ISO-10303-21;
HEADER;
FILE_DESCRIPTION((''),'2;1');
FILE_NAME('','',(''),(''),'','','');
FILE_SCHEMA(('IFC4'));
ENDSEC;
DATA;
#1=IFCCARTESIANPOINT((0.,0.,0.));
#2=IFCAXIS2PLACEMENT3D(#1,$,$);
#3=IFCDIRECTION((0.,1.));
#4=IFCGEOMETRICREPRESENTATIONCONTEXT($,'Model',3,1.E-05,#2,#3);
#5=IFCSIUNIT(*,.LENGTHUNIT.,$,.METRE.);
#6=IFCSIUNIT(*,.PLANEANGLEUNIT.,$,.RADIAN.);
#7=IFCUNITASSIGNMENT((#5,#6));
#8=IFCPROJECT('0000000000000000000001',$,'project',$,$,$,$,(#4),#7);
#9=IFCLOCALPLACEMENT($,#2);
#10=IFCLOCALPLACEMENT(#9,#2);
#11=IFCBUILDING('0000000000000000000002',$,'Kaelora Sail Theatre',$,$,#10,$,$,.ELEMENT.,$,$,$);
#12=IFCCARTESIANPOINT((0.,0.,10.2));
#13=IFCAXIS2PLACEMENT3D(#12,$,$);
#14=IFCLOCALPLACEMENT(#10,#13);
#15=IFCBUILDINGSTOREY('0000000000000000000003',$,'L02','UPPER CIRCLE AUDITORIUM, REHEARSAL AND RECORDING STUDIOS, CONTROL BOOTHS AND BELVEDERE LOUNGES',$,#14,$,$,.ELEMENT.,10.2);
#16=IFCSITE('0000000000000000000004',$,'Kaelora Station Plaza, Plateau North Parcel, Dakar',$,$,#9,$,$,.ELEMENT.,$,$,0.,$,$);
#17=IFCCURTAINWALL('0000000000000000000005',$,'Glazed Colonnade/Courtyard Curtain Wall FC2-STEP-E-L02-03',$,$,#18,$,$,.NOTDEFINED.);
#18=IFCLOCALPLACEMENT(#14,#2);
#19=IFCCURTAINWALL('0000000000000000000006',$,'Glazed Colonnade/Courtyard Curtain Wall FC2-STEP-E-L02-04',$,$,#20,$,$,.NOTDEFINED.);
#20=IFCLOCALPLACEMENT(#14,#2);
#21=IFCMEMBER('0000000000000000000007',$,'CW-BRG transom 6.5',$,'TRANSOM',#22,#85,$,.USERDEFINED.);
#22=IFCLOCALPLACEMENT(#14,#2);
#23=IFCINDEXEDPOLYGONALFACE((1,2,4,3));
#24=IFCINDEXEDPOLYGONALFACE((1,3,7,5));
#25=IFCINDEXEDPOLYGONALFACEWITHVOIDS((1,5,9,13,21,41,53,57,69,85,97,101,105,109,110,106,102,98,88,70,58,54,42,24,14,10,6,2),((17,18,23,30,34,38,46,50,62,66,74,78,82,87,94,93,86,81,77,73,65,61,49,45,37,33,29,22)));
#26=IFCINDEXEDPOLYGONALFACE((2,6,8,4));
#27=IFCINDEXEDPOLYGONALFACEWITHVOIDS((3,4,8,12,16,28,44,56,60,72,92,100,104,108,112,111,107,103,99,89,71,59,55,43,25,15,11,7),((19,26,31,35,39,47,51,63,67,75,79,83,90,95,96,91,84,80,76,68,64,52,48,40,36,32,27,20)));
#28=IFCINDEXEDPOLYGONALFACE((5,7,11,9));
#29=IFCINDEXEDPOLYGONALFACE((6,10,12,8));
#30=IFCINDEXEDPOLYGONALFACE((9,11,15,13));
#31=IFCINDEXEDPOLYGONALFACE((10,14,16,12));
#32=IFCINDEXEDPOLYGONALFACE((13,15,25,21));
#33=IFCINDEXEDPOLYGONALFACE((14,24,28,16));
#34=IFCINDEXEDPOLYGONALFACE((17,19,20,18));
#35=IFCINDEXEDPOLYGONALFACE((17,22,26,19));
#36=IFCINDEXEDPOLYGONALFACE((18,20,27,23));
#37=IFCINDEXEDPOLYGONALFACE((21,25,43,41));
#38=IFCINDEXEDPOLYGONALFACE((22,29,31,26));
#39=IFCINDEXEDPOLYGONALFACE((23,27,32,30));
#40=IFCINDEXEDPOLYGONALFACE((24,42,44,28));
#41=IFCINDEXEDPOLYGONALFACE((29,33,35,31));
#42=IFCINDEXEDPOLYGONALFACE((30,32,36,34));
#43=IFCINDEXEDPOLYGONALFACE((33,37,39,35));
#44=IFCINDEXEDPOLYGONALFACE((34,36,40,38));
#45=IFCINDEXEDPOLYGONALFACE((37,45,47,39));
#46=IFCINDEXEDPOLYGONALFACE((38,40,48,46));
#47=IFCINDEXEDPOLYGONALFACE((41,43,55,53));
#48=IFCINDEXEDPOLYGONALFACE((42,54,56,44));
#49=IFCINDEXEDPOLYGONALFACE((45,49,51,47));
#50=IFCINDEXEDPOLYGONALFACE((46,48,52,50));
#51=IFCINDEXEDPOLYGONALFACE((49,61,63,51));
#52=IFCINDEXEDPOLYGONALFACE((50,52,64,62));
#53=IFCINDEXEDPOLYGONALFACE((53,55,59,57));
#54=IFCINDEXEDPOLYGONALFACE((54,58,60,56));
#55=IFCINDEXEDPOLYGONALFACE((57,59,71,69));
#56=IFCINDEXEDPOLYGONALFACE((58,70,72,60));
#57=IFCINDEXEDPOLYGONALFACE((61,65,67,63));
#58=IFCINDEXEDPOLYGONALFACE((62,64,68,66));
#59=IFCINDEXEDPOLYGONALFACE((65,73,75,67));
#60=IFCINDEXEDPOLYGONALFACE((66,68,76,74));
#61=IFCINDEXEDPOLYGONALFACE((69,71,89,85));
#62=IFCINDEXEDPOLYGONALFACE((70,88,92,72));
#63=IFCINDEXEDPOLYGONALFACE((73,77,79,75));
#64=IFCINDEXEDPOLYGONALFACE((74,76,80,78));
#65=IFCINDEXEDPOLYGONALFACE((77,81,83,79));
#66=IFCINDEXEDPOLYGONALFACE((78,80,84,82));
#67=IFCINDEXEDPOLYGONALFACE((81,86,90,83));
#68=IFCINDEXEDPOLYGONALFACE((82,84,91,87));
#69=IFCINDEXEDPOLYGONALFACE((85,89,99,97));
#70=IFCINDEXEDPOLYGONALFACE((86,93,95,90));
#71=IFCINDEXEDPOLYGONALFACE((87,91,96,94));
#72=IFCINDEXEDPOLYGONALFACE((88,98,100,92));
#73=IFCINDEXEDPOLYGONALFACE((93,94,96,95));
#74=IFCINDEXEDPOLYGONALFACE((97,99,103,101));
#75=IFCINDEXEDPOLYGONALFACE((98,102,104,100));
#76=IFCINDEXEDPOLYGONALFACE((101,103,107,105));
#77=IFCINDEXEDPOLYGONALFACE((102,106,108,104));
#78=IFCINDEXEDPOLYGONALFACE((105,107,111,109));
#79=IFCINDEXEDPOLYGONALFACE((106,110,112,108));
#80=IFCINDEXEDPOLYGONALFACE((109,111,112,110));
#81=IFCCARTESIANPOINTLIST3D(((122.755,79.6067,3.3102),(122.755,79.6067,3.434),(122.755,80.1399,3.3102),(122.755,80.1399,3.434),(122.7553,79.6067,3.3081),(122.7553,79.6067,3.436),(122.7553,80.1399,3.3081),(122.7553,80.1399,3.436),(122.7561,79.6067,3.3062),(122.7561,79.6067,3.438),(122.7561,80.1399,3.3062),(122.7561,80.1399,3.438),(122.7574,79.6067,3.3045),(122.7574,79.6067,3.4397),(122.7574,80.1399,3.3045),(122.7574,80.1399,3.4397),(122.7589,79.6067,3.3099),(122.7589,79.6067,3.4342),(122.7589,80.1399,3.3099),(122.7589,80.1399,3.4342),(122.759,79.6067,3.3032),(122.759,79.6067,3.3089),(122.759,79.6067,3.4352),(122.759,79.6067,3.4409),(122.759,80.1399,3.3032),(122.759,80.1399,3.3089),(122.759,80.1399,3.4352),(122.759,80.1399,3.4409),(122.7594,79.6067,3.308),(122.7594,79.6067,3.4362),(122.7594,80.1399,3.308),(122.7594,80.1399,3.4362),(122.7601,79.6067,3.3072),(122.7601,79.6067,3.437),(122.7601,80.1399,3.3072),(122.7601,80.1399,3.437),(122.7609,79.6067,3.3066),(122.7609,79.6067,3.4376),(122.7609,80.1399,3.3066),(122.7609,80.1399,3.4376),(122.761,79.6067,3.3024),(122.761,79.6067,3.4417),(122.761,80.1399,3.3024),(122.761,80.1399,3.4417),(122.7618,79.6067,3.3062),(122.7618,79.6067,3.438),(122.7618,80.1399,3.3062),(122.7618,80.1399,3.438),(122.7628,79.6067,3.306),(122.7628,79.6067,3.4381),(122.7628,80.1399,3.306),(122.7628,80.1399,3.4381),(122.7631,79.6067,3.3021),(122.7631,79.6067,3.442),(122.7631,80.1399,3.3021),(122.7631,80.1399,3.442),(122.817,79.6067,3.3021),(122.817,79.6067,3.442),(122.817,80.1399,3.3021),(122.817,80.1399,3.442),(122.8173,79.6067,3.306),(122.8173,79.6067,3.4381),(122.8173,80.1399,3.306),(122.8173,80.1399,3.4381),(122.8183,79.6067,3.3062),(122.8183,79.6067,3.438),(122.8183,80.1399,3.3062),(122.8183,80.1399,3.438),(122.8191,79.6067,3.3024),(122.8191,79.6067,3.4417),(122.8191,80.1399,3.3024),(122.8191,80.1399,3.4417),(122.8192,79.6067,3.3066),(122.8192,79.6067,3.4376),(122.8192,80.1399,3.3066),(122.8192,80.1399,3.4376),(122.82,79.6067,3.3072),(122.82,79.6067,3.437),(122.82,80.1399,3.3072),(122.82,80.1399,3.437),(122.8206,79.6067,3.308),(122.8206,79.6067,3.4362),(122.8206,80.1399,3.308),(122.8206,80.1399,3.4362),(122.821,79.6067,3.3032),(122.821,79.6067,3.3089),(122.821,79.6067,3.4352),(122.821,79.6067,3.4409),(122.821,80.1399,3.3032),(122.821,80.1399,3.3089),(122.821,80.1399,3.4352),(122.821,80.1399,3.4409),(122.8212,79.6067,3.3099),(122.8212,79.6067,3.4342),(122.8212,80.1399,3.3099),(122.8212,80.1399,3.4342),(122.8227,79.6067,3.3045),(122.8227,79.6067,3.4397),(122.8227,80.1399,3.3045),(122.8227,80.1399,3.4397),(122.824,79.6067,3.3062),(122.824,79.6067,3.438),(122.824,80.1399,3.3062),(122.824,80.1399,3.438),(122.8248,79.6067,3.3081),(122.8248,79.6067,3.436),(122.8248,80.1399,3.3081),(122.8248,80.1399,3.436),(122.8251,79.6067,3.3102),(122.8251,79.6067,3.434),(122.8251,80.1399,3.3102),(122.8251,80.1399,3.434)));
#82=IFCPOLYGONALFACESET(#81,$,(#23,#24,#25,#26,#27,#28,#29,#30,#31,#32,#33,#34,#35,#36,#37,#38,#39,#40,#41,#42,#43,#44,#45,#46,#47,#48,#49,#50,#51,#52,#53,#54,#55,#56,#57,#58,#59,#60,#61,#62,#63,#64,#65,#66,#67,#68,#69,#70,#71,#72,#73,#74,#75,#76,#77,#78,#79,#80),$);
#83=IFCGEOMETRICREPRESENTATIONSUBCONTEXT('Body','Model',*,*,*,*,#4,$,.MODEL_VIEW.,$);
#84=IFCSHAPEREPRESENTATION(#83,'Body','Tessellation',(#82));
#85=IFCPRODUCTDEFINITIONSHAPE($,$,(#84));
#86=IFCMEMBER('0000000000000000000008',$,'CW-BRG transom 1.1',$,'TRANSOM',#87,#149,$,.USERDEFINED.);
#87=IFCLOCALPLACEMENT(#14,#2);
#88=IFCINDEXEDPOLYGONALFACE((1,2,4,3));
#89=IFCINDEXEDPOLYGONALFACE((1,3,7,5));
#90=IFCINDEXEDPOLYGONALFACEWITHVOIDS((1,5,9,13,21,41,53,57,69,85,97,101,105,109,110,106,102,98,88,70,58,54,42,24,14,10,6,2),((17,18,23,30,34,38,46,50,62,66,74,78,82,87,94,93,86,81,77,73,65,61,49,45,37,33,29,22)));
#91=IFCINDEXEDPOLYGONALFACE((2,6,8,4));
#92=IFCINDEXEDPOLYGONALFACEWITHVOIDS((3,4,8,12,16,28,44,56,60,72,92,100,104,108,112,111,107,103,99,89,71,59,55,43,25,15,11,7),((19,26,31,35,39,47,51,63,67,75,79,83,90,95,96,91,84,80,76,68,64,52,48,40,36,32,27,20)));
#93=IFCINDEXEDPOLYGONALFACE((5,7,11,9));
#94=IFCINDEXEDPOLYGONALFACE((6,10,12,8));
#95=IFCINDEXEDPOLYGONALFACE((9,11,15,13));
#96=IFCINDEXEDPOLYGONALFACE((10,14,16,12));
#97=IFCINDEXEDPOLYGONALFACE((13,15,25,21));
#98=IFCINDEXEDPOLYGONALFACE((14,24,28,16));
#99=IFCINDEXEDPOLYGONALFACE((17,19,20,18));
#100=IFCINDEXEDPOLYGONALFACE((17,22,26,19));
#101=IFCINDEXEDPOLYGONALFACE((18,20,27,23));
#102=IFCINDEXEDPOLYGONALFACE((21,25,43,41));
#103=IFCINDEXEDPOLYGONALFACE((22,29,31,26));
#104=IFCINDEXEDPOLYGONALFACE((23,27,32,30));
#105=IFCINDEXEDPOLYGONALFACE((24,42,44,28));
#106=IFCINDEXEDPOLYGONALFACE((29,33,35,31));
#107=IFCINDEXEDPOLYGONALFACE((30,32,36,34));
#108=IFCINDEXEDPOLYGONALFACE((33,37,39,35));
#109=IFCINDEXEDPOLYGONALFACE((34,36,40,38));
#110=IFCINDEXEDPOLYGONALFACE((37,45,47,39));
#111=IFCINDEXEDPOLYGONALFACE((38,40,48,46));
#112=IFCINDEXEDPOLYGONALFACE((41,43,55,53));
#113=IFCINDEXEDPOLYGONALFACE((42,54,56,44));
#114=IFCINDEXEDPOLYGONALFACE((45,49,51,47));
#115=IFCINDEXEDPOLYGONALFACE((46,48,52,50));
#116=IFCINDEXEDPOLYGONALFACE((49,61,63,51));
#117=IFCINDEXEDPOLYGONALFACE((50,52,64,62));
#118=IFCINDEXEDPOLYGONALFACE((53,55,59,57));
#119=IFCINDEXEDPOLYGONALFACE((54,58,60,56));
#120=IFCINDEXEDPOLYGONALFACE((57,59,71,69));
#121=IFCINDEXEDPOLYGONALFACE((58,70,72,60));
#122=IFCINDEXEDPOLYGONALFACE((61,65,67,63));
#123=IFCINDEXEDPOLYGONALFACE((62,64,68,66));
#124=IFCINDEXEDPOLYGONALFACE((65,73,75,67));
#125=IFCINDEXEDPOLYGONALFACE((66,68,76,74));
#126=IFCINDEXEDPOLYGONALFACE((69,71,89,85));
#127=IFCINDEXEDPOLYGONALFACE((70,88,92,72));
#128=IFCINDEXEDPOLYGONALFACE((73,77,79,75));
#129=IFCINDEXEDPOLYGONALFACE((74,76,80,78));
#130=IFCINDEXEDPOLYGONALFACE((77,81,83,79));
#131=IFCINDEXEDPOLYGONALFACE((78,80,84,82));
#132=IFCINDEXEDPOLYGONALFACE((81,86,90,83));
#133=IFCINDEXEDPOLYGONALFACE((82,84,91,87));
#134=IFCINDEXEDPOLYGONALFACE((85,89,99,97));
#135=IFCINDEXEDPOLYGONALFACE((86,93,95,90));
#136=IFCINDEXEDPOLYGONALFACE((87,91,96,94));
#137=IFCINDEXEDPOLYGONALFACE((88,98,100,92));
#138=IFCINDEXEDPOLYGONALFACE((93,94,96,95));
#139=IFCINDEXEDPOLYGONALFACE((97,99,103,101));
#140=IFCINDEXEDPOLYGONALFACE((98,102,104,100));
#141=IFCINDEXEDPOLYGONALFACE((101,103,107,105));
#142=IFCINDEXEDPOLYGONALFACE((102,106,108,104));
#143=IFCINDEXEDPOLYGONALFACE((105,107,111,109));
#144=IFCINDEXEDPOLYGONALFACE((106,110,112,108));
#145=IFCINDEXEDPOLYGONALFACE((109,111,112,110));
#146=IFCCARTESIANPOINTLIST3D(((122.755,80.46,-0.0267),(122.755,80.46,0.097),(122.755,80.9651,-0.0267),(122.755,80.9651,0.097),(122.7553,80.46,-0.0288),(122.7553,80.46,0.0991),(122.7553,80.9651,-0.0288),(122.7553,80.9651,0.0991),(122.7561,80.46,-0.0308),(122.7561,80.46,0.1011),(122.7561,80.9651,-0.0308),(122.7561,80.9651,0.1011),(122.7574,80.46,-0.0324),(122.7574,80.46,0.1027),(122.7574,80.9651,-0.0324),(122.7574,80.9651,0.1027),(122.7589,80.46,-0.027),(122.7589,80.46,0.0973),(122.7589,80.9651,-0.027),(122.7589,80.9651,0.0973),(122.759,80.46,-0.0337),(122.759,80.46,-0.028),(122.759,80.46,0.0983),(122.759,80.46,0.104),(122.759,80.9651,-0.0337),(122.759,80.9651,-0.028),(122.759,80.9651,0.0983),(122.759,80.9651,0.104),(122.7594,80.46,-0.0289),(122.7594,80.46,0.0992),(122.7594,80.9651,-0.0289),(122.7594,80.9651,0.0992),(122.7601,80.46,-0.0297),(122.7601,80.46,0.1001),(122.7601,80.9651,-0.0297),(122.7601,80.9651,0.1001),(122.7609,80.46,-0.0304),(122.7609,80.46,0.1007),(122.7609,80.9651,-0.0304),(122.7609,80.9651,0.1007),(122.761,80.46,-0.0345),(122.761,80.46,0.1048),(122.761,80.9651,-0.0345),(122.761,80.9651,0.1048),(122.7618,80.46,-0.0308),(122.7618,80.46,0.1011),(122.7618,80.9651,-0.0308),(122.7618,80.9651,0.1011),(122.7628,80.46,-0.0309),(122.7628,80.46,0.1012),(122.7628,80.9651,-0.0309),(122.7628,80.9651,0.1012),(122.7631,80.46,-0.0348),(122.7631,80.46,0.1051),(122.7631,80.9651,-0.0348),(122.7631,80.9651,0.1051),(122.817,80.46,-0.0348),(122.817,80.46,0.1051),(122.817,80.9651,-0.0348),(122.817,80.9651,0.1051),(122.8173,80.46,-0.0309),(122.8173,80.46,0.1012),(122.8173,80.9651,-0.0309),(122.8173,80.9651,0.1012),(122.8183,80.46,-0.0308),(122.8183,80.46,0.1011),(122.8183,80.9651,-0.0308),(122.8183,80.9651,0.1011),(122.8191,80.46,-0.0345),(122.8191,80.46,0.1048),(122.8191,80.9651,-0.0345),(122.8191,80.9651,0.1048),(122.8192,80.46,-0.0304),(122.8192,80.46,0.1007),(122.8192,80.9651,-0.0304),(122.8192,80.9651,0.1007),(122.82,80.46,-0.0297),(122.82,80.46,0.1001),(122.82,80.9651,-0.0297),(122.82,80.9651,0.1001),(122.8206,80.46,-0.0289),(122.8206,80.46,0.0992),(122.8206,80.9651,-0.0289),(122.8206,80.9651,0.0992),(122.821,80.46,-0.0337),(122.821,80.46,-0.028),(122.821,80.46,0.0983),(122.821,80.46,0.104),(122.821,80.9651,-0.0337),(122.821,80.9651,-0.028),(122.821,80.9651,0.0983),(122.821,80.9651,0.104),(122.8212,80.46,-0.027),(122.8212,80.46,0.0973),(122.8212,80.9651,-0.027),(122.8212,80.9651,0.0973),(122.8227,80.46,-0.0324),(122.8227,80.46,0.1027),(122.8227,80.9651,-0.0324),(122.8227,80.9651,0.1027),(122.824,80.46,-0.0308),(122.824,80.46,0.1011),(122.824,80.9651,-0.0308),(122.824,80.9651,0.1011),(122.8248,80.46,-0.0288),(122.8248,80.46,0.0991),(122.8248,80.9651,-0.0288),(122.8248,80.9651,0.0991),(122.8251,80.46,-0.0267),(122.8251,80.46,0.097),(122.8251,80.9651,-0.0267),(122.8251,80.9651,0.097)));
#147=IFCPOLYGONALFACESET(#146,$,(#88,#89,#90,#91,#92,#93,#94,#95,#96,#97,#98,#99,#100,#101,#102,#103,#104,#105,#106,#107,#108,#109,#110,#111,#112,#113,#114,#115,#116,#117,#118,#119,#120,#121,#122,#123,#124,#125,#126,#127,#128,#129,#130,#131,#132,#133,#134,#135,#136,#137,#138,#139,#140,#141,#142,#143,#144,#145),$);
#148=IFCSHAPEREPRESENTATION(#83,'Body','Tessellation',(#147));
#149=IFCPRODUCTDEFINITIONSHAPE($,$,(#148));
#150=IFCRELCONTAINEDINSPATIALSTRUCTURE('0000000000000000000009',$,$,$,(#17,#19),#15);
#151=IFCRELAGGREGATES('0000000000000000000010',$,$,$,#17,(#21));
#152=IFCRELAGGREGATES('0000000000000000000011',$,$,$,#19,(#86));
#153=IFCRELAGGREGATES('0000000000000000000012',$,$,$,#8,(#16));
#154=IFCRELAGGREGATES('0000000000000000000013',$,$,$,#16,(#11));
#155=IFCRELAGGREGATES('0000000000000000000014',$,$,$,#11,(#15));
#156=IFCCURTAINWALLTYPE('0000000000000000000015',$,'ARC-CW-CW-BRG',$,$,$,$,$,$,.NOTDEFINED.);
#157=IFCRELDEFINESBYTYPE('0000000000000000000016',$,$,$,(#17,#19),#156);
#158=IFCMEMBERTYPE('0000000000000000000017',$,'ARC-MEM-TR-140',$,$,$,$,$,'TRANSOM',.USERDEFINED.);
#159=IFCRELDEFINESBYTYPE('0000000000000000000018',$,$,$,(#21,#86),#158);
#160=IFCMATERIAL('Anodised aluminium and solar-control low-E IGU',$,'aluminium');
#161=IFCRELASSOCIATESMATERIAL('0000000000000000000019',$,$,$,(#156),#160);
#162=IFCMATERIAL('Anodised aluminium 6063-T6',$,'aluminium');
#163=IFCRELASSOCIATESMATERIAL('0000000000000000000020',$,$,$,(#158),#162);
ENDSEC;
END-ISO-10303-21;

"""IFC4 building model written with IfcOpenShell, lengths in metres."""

from ifc_helpers import new_model, si_unit, direction, frame, origin, origin_2d, place, context, subcontext, project, spatial, hollow_rectangle, extrude, material, material_profile, profile_set, type_object, element, aggregate, save


model = new_model("IFC4")

# Units and contexts
model_context = context("Model", 3, precision=1e-05, world=origin(), true_north=direction((0.0, 1.0)))
body_context = subcontext(model_context, "Body", "Model", "MODEL_VIEW")
ifc_project = project(units=[si_unit("LENGTHUNIT", "METRE"), si_unit("PLANEANGLEUNIT", "RADIAN")], contexts=[model_context])

# Site, building, storey
site_placement = place(None, origin())
site = spatial("IfcSite", under=ifc_project, at=site_placement, Name="Kaelora Station Plaza, Plateau North Parcel, Dakar", CompositionType="ELEMENT", RefElevation=0.0)
building_placement = place(site_placement, origin())
building = spatial("IfcBuilding", under=site, at=building_placement, Name="Kaelora Sail Theatre", CompositionType="ELEMENT")
storey_placement = place(building_placement, frame((0.0, 0.0, 10.2)))
storey = spatial("IfcBuildingStorey", under=building, at=storey_placement, Name="L02", Description="UPPER CIRCLE AUDITORIUM, REHEARSAL AND RECORDING STUDIOS, CONTROL BOOTHS AND BELVEDERE LOUNGES", CompositionType="ELEMENT", Elevation=10.2)

# Curtain walls
ifc_material_1 = material(Name="Anodised aluminium and solar-control low-E IGU", Category="aluminium")
curtain_wall_type = type_object("IfcCurtainWallType", Name="ARC-CW-CW-BRG", PredefinedType="NOTDEFINED", material=ifc_material_1)
curtain_wall_1_placement = place(storey_placement, origin())
curtain_wall_1 = element("IfcCurtainWall", 1, at=curtain_wall_1_placement, inside=storey, type_object=curtain_wall_type, Name="Glazed Colonnade/Courtyard Curtain Wall FC2-STEP-E-L02-03", PredefinedType="NOTDEFINED")
curtain_wall_2_placement = place(storey_placement, origin())
curtain_wall_2 = element("IfcCurtainWall", 2, at=curtain_wall_2_placement, inside=storey, type_object=curtain_wall_type, Name="Glazed Colonnade/Courtyard Curtain Wall FC2-STEP-E-L02-04", PredefinedType="NOTDEFINED")

# Members
ifc_material_2 = material(Name="Anodised aluminium 6063-T6", Category="aluminium")
ifc_material_profile_1 = material_profile(ifc_material_2, hollow_rectangle(XDim=0.0701, YDim=0.1399, WallThickness=0.0039, InnerFilletRadius=0.0039, OuterFilletRadius=0.0081, at=origin_2d()), Name="ALU-TRAN 70x140x4")
ifc_profile_set_1 = profile_set([ifc_material_profile_1], Name="Anodised aluminium 6063-T6")
member_type_1 = type_object("IfcMemberType", Name="ARC-MEM-TR-140", ElementType="TRANSOM", PredefinedType="USERDEFINED", material=ifc_profile_set_1)
member_1_placement = place(storey_placement, frame((122.79, 79.6067, 3.3721), z_axis=(0.0, 1.0, 0.0), x_axis=(-1.0, 0.0, 0.0)))
member_1 = element("IfcMember", 3, at=member_1_placement, type_object=member_type_1, Name="CW-BRG transom 6.5", ObjectType="TRANSOM", PredefinedType="USERDEFINED", context=body_context, shape_type="SweptSolid", body=[
    extrude(hollow_rectangle(XDim=0.0701, YDim=0.1399, WallThickness=0.0039, InnerFilletRadius=0.0039, OuterFilletRadius=0.0081, at=origin_2d()), origin(), (0.0, 0.0, 1.0), 0.5332),
])
member_2_placement = place(storey_placement, frame((122.79, 80.46, 0.0352), z_axis=(0.0, 1.0, 0.0), x_axis=(-1.0, 0.0, 0.0)))
member_2 = element("IfcMember", 4, at=member_2_placement, type_object=member_type_1, Name="CW-BRG transom 1.1", ObjectType="TRANSOM", PredefinedType="USERDEFINED", context=body_context, shape_type="SweptSolid", body=[
    extrude(hollow_rectangle(XDim=0.0701, YDim=0.1399, WallThickness=0.0039, InnerFilletRadius=0.0039, OuterFilletRadius=0.0081, at=origin_2d()), origin(), (0.0, 0.0, 1.0), 0.5051),
])

aggregate(curtain_wall_1, [member_1])
aggregate(curtain_wall_2, [member_2])

save(model, "model.ifc")
